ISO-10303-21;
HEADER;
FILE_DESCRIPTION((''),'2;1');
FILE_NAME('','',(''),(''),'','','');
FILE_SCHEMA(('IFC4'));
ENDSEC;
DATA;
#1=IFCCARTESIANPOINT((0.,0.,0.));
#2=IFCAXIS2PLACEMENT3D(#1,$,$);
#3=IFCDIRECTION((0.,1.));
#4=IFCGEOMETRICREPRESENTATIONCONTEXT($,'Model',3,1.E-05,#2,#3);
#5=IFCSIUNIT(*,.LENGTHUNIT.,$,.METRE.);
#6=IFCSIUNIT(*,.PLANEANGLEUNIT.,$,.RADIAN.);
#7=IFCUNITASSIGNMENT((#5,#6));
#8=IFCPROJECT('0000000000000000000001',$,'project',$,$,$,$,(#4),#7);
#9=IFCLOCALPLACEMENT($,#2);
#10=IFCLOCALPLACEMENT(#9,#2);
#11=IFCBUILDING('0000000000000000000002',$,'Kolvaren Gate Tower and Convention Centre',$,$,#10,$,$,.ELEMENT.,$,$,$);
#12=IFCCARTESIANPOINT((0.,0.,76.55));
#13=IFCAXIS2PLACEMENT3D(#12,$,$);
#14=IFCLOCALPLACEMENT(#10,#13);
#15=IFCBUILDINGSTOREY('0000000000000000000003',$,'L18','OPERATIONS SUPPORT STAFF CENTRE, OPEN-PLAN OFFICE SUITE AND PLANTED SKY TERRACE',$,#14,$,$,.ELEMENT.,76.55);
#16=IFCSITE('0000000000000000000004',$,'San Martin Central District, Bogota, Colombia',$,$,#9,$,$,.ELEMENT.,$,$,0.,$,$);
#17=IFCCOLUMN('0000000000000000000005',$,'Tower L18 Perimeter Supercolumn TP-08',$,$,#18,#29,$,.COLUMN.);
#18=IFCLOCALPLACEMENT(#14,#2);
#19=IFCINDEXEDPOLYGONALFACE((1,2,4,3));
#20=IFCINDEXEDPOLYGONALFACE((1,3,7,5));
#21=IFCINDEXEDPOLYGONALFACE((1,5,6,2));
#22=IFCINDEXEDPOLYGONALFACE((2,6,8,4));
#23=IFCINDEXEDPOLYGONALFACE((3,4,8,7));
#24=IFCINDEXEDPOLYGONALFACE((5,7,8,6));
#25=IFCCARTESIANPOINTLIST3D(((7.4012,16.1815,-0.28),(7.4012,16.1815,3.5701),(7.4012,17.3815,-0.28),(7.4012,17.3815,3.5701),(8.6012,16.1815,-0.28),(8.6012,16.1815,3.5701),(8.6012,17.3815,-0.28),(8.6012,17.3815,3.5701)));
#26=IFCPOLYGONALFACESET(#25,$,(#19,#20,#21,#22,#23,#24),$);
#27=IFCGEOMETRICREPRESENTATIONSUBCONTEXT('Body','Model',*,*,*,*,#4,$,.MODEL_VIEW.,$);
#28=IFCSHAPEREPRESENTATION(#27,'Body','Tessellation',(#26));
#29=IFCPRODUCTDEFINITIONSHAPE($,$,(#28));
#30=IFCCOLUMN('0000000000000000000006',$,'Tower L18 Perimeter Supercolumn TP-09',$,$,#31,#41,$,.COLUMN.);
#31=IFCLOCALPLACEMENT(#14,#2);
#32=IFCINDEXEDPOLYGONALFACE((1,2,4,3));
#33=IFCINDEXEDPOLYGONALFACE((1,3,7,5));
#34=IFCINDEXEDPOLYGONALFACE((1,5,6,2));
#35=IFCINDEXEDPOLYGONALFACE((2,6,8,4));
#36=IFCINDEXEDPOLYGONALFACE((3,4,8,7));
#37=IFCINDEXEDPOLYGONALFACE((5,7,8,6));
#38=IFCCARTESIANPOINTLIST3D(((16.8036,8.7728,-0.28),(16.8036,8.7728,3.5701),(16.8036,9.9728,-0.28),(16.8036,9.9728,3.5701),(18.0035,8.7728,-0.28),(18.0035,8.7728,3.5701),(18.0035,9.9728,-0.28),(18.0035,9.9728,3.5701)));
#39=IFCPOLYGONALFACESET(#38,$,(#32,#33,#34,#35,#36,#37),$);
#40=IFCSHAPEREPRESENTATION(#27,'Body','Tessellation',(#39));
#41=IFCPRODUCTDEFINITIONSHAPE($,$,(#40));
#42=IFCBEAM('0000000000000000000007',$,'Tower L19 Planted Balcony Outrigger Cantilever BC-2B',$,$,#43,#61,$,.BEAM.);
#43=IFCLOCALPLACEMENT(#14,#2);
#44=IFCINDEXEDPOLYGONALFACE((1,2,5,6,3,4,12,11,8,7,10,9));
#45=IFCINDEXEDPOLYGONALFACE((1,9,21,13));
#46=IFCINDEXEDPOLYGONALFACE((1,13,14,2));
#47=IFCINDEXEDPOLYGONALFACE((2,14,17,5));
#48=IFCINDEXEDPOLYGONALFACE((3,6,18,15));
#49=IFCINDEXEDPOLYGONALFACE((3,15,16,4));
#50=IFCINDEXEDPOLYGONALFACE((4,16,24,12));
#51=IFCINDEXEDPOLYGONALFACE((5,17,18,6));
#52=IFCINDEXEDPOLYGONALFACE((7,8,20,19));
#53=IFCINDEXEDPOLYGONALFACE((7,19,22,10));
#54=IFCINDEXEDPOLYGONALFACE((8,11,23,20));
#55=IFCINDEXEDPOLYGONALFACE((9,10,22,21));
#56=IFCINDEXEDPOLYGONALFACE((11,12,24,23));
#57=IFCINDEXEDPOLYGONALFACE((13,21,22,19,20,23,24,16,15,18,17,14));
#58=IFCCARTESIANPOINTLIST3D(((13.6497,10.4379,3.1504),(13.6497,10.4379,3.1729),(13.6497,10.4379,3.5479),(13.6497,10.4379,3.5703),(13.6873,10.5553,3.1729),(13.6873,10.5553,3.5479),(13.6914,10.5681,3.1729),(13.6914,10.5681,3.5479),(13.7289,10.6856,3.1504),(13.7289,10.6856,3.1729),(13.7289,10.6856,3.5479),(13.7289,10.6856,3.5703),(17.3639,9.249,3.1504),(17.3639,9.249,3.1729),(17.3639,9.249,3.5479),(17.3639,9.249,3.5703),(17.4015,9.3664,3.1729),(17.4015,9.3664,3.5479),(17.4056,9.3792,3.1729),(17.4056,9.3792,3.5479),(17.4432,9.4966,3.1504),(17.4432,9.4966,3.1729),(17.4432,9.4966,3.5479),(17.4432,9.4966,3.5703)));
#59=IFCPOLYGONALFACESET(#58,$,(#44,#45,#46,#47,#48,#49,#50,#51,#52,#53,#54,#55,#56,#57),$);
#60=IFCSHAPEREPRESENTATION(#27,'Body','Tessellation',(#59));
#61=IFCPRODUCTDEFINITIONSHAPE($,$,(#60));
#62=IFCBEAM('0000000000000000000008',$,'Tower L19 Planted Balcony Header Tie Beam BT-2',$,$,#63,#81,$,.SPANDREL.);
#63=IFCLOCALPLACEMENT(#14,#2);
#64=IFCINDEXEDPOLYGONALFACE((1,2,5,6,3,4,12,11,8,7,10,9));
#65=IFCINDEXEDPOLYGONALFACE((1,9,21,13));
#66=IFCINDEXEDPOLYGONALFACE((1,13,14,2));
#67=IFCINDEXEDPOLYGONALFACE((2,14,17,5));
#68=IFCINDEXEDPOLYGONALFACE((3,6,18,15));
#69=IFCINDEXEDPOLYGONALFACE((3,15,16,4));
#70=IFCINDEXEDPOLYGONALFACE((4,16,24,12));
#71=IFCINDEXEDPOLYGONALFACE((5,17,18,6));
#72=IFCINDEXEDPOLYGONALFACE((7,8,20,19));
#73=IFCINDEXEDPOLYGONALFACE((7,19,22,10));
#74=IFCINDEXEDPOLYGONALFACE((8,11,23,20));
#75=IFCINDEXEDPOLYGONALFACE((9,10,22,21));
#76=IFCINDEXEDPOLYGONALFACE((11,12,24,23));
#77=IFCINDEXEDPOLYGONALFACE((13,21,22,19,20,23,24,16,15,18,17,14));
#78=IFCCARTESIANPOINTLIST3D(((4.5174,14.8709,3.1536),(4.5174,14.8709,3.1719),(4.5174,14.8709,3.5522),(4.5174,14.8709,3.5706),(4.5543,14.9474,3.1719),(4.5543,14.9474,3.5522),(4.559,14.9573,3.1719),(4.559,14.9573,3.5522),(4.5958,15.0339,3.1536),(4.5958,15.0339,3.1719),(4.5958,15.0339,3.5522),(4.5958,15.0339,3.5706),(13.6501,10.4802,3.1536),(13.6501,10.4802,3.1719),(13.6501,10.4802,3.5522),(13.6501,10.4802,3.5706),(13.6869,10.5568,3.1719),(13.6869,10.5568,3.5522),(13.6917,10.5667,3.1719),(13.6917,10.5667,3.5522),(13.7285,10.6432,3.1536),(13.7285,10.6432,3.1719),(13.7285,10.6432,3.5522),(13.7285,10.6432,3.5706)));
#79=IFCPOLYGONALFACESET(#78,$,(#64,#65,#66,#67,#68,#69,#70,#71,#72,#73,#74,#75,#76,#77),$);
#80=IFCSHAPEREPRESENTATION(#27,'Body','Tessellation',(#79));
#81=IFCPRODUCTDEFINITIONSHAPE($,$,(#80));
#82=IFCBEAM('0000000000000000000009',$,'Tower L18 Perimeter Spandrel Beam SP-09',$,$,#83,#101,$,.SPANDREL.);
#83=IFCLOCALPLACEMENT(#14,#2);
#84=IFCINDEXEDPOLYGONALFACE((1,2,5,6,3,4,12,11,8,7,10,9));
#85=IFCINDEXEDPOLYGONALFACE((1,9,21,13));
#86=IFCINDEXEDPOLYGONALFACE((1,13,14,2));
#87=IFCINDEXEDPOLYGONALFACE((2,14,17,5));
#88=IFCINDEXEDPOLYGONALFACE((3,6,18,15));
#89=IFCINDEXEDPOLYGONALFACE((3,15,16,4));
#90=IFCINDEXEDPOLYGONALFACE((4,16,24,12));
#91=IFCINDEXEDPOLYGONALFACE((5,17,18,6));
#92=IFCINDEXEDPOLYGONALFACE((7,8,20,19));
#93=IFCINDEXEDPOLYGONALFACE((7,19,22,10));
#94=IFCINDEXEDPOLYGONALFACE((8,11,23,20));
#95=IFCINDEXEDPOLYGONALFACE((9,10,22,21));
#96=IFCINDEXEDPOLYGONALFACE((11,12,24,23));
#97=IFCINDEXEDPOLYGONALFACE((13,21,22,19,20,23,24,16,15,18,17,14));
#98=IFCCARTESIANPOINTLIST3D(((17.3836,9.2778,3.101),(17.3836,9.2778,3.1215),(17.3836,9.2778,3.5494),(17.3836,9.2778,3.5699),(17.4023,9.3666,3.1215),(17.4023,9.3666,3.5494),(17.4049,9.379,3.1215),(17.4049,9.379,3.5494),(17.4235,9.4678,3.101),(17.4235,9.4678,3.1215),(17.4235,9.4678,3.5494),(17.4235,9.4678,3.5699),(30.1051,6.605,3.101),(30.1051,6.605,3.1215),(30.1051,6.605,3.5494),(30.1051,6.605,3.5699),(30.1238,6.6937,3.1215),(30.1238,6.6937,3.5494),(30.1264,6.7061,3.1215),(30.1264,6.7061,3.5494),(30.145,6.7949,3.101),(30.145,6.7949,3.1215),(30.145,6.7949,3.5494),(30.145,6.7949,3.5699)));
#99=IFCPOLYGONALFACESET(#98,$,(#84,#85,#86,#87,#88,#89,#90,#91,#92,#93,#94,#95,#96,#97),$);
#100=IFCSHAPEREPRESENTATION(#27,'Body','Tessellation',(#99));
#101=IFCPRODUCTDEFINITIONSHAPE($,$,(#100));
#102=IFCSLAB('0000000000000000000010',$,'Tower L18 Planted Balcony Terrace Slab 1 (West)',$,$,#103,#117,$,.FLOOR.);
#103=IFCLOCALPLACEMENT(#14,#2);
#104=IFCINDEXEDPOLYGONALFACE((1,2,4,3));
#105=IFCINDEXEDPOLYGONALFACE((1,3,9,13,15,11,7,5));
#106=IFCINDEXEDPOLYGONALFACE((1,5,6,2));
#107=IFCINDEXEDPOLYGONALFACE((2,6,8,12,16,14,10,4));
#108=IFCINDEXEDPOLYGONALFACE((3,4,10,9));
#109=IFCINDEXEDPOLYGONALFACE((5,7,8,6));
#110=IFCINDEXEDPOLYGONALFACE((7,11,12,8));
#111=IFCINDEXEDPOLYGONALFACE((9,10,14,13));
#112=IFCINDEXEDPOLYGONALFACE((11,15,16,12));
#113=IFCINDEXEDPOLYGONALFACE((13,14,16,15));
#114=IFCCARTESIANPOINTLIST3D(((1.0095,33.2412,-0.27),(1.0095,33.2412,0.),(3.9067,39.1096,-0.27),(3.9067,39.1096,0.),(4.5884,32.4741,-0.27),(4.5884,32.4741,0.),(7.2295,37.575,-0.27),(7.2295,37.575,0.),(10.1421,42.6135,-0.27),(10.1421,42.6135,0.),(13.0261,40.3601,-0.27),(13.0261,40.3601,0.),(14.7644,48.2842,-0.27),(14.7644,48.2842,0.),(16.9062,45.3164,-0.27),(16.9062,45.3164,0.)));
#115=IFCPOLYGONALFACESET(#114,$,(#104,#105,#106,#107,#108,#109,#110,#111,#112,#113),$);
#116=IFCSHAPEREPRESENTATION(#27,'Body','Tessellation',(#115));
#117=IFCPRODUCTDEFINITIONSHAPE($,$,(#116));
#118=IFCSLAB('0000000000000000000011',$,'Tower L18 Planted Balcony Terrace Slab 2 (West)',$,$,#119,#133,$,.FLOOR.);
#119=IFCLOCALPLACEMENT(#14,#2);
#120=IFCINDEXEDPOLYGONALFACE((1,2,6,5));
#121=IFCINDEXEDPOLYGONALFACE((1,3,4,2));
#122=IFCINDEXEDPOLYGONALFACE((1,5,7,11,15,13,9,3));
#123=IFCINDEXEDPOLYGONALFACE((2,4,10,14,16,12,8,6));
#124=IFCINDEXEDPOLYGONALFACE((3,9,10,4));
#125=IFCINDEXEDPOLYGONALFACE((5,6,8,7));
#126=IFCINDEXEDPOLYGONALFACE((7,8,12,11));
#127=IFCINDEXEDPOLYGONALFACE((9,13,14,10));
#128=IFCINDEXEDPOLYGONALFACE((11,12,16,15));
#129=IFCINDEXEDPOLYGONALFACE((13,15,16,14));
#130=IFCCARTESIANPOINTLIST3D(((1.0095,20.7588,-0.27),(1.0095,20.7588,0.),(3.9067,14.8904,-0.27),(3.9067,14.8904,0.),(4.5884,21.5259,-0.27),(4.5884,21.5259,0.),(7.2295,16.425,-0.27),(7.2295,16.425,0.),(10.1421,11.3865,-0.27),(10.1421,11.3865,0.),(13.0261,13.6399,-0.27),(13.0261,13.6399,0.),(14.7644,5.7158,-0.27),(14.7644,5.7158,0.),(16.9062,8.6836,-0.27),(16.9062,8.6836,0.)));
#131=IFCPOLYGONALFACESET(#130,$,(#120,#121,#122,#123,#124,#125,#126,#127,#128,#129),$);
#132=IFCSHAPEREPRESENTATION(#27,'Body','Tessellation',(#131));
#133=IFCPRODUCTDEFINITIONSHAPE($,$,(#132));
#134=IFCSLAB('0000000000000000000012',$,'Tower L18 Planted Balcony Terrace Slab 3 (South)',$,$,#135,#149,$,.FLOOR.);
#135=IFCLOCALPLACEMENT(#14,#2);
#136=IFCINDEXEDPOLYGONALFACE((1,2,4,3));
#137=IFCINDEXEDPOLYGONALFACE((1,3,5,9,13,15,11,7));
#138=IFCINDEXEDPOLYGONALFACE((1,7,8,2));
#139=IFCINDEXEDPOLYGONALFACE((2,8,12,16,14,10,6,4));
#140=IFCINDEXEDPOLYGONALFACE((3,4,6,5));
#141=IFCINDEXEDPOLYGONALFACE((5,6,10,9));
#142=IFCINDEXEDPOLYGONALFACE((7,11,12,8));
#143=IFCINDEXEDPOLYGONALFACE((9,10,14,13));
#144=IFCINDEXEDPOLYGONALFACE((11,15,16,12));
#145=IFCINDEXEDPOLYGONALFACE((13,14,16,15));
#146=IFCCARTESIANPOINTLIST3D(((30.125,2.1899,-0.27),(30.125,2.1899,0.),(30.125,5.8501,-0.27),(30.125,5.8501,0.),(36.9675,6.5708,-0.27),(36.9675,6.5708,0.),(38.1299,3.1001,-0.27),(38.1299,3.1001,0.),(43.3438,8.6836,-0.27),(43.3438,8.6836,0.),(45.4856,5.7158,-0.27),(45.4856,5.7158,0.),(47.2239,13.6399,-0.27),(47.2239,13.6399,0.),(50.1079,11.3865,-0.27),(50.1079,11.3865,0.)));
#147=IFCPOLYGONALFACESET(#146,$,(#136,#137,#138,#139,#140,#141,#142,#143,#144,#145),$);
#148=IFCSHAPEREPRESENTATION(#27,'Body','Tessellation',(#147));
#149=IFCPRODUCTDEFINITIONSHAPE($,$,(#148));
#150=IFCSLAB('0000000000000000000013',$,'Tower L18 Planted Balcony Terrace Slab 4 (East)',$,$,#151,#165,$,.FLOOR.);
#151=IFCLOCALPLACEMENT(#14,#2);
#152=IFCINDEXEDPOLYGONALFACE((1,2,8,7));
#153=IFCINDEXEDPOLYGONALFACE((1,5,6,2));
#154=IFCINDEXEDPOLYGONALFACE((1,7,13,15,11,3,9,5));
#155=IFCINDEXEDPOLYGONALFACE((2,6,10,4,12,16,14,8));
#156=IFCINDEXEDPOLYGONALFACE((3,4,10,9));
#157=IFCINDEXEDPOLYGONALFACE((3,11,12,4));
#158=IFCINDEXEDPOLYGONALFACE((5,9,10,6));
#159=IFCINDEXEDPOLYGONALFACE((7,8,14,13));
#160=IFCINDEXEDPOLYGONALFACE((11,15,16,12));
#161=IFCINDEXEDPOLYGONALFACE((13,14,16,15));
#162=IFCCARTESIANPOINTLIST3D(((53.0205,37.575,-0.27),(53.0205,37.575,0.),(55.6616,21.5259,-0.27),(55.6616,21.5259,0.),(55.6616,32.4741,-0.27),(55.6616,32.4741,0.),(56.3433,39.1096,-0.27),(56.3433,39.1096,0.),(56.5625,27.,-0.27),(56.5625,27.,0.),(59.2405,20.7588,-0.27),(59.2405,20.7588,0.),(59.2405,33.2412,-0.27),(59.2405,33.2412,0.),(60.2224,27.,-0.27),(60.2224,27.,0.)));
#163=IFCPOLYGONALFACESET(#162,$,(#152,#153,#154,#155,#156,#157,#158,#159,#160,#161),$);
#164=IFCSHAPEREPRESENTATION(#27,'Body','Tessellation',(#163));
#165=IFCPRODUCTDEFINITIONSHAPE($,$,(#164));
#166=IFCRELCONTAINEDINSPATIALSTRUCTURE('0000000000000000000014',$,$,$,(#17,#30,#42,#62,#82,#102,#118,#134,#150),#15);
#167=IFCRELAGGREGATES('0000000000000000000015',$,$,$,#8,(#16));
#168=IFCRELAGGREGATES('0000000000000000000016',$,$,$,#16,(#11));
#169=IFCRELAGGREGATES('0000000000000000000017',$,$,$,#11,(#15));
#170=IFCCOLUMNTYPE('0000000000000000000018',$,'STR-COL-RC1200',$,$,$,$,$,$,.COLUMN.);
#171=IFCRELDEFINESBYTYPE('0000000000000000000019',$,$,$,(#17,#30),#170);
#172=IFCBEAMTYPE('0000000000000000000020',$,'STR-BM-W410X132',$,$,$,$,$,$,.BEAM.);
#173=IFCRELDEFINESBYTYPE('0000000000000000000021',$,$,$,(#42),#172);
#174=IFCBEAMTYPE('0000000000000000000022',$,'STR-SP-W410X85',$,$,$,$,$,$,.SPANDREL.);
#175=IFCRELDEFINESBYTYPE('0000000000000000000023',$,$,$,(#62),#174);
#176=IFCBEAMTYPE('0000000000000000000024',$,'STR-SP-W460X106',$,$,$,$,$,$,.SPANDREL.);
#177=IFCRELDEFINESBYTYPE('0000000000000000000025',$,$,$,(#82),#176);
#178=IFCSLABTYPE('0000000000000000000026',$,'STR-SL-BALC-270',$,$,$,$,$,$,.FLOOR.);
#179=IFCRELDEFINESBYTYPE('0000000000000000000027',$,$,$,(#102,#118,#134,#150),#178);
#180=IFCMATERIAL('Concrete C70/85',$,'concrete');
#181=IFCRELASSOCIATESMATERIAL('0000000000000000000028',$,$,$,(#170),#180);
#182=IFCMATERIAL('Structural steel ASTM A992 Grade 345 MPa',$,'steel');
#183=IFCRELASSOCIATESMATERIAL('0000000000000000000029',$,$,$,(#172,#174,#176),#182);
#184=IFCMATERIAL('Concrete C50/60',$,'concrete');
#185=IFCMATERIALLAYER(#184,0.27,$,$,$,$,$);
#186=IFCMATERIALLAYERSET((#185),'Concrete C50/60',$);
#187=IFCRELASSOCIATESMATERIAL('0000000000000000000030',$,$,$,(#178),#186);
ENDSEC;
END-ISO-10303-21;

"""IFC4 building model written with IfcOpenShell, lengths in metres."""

from ifc_helpers import new_model, si_unit, direction, frame, origin, origin_2d, place, context, subcontext, project, spatial, polyline, rectangle, i_section, outline, extrude, material, layer, layer_set, material_profile, profile_set, type_object, element, save


model = new_model("IFC4")

# Units and contexts
model_context = context("Model", 3, precision=1e-05, world=origin(), true_north=direction((0.0, 1.0)))
body_context = subcontext(model_context, "Body", "Model", "MODEL_VIEW")
ifc_project = project(units=[si_unit("LENGTHUNIT", "METRE"), si_unit("PLANEANGLEUNIT", "RADIAN")], contexts=[model_context])

# Site, building, storey
site_placement = place(None, origin())
site = spatial("IfcSite", under=ifc_project, at=site_placement, Name="San Martin Central District, Bogota, Colombia", CompositionType="ELEMENT", RefElevation=0.0)
building_placement = place(site_placement, origin())
building = spatial("IfcBuilding", under=site, at=building_placement, Name="Kolvaren Gate Tower and Convention Centre", CompositionType="ELEMENT")
storey_placement = place(building_placement, frame((0.0, 0.0, 76.55)))
storey = spatial("IfcBuildingStorey", under=building, at=storey_placement, Name="L18", Description="OPERATIONS SUPPORT STAFF CENTRE, OPEN-PLAN OFFICE SUITE AND PLANTED SKY TERRACE", CompositionType="ELEMENT", Elevation=76.55)

# Columns
ifc_material_1 = material(Name="Concrete C70/85", Category="concrete")
ifc_material_profile_1 = material_profile(ifc_material_1, rectangle(XDim=1.2, YDim=1.2, at=origin_2d()), Name="RC-COL-1200X1200")
ifc_profile_set_1 = profile_set([ifc_material_profile_1], Name="Concrete C70/85")
column_type = type_object("IfcColumnType", Name="STR-COL-RC1200", PredefinedType="COLUMN", material=ifc_profile_set_1)
for number, where, z_axis, x_axis, name in (
    (1, (8.0012, 16.7815, -0.28), (0.0, 0.0, 1.0), (1.0, 0.0, 0.0), "Tower L18 Perimeter Supercolumn TP-08"),
    (2, (17.4036, 9.3728, -0.28), (0.0, 0.0, 1.0), (1.0, 0.0, 0.0), "Tower L18 Perimeter Supercolumn TP-09"),
):
    element("IfcColumn", number, at=place(storey_placement, frame(where, z_axis=z_axis, x_axis=x_axis)), inside=storey, type_object=column_type, Name=name, PredefinedType="COLUMN", context=body_context, shape_type="SweptSolid", body=[
        extrude(rectangle(XDim=1.2, YDim=1.2, at=origin_2d()), origin(), (0.0, 0.0, 1.0), 3.8501),
    ])

# Beams
ifc_material_2 = material(Name="Structural steel ASTM A992 Grade 345 MPa", Category="steel")
ifc_material_profile_2 = material_profile(ifc_material_2, i_section(OverallWidth=0.26, OverallDepth=0.4199, WebThickness=0.0134, FlangeThickness=0.0225, at=origin_2d()), Name="W410X132")
ifc_profile_set_2 = profile_set([ifc_material_profile_2], Name="Structural steel ASTM A992 Grade 345 MPa")
beam_type_1 = type_object("IfcBeamType", Name="STR-BM-W410X132", PredefinedType="BEAM", material=ifc_profile_set_2)
beam_1_placement = place(storey_placement, frame((17.4036, 9.3728, 3.3604), z_axis=(-0.952397, 0.304862, 0.0), x_axis=(-0.304862, -0.952397, 0.0)))
element("IfcBeam", 3, at=beam_1_placement, inside=storey, type_object=beam_type_1, Name="Tower L19 Planted Balcony Outrigger Cantilever BC-2B", PredefinedType="BEAM", context=body_context, shape_type="SweptSolid", body=[
    extrude(i_section(OverallWidth=0.26, OverallDepth=0.4199, WebThickness=0.0134, FlangeThickness=0.0225, at=origin_2d()), origin(), (0.0, 0.0, 1.0), 3.8999),
])
ifc_material_profile_3 = material_profile(ifc_material_2, i_section(OverallWidth=0.1809, OverallDepth=0.417, WebThickness=0.011, FlangeThickness=0.0183, at=origin_2d()), Name="W410X85")
ifc_profile_set_3 = profile_set([ifc_material_profile_3], Name="Structural steel ASTM A992 Grade 345 MPa")
beam_type_2 = type_object("IfcBeamType", Name="STR-SP-W410X85", PredefinedType="SPANDREL", material=ifc_profile_set_3)
beam_2_placement = place(storey_placement, frame((4.5566, 14.9524, 3.3621), z_axis=(0.901254, -0.433292, 0.0), x_axis=(0.433292, 0.901254, 0.0)))
element("IfcBeam", 4, at=beam_2_placement, inside=storey, type_object=beam_type_2, Name="Tower L19 Planted Balcony Header Tie Beam BT-2", PredefinedType="SPANDREL", context=body_context, shape_type="SweptSolid", body=[
    extrude(i_section(OverallWidth=0.1809, OverallDepth=0.417, WebThickness=0.011, FlangeThickness=0.0183, at=origin_2d()), origin(), (0.0, 0.0, 1.0), 10.1333),
])
ifc_material_profile_4 = material_profile(ifc_material_2, i_section(OverallWidth=0.1941, OverallDepth=0.469, WebThickness=0.0127, FlangeThickness=0.0205, at=origin_2d()), Name="W460X106")
ifc_profile_set_4 = profile_set([ifc_material_profile_4], Name="Structural steel ASTM A992 Grade 345 MPa")
beam_type_3 = type_object("IfcBeamType", Name="STR-SP-W460X106", PredefinedType="SPANDREL", material=ifc_profile_set_4)
beam_3_placement = place(storey_placement, frame((17.4036, 9.3728, 3.3354), z_axis=(0.978633, -0.205617, 0.0), x_axis=(0.205617, 0.978633, 0.0)))
element("IfcBeam", 5, at=beam_3_placement, inside=storey, type_object=beam_type_3, Name="Tower L18 Perimeter Spandrel Beam SP-09", PredefinedType="SPANDREL", context=body_context, shape_type="SweptSolid", body=[
    extrude(i_section(OverallWidth=0.1941, OverallDepth=0.469, WebThickness=0.0127, FlangeThickness=0.0205, at=origin_2d()), origin(), (0.0, 0.0, 1.0), 12.9993),
])

# Slabs
ifc_material_3 = material(Name="Concrete C50/60", Category="concrete")
ifc_layer_1 = layer(ifc_material_3, 0.27)
ifc_layer_set_1 = layer_set([ifc_layer_1], Name="Concrete C50/60")
slab_type_1 = type_object("IfcSlabType", Name="STR-SL-BALC-270", PredefinedType="FLOOR", material=ifc_layer_set_1)
slab_1_placement = place(storey_placement, frame((0.0, 0.0, -0.27)))
element("IfcSlab", 6, at=slab_1_placement, inside=storey, type_object=slab_type_1, Name="Tower L18 Planted Balcony Terrace Slab 1 (West)", PredefinedType="FLOOR", context=body_context, shape_type="SweptSolid", body=[
    extrude(outline(polyline([(16.9062, 45.3164), (13.0261, 40.3601), (7.2295, 37.575), (4.5884, 32.4741), (1.0095, 33.2412), (3.9067, 39.1096), (10.1421, 42.6135), (14.7644, 48.2842), (16.9062, 45.3164)])), origin(), (0.0, 0.0, 1.0), 0.27),
])
slab_2_placement = place(storey_placement, frame((0.0, 0.0, -0.27)))
element("IfcSlab", 7, at=slab_2_placement, inside=storey, type_object=slab_type_1, Name="Tower L18 Planted Balcony Terrace Slab 2 (West)", PredefinedType="FLOOR", context=body_context, shape_type="SweptSolid", body=[
    extrude(outline(polyline([(4.5884, 21.5259), (7.2295, 16.425), (13.0261, 13.6399), (16.9062, 8.6836), (14.7644, 5.7158), (10.1421, 11.3865), (3.9067, 14.8904), (1.0095, 20.7588), (4.5884, 21.5259)])), origin(), (0.0, 0.0, 1.0), 0.27),
])
slab_3_placement = place(storey_placement, frame((0.0, 0.0, -0.27)))
element("IfcSlab", 8, at=slab_3_placement, inside=storey, type_object=slab_type_1, Name="Tower L18 Planted Balcony Terrace Slab 3 (South)", PredefinedType="FLOOR", context=body_context, shape_type="SweptSolid", body=[
    extrude(outline(polyline([(30.125, 5.8501), (36.9675, 6.5708), (43.3438, 8.6836), (47.2239, 13.6399), (50.1079, 11.3865), (45.4856, 5.7158), (38.1299, 3.1001), (30.125, 2.1899), (30.125, 5.8501)])), origin(), (0.0, 0.0, 1.0), 0.27),
])
slab_4_placement = place(storey_placement, frame((0.0, 0.0, -0.27)))
element("IfcSlab", 9, at=slab_4_placement, inside=storey, type_object=slab_type_1, Name="Tower L18 Planted Balcony Terrace Slab 4 (East)", PredefinedType="FLOOR", context=body_context, shape_type="SweptSolid", body=[
    extrude(outline(polyline([(55.6616, 21.5259), (56.5625, 27.0), (55.6616, 32.4741), (53.0205, 37.575), (56.3433, 39.1096), (59.2405, 33.2412), (60.2224, 27.0), (59.2405, 20.7588), (55.6616, 21.5259)])), origin(), (0.0, 0.0, 1.0), 0.27),
])

save(model, "model.ifc")
